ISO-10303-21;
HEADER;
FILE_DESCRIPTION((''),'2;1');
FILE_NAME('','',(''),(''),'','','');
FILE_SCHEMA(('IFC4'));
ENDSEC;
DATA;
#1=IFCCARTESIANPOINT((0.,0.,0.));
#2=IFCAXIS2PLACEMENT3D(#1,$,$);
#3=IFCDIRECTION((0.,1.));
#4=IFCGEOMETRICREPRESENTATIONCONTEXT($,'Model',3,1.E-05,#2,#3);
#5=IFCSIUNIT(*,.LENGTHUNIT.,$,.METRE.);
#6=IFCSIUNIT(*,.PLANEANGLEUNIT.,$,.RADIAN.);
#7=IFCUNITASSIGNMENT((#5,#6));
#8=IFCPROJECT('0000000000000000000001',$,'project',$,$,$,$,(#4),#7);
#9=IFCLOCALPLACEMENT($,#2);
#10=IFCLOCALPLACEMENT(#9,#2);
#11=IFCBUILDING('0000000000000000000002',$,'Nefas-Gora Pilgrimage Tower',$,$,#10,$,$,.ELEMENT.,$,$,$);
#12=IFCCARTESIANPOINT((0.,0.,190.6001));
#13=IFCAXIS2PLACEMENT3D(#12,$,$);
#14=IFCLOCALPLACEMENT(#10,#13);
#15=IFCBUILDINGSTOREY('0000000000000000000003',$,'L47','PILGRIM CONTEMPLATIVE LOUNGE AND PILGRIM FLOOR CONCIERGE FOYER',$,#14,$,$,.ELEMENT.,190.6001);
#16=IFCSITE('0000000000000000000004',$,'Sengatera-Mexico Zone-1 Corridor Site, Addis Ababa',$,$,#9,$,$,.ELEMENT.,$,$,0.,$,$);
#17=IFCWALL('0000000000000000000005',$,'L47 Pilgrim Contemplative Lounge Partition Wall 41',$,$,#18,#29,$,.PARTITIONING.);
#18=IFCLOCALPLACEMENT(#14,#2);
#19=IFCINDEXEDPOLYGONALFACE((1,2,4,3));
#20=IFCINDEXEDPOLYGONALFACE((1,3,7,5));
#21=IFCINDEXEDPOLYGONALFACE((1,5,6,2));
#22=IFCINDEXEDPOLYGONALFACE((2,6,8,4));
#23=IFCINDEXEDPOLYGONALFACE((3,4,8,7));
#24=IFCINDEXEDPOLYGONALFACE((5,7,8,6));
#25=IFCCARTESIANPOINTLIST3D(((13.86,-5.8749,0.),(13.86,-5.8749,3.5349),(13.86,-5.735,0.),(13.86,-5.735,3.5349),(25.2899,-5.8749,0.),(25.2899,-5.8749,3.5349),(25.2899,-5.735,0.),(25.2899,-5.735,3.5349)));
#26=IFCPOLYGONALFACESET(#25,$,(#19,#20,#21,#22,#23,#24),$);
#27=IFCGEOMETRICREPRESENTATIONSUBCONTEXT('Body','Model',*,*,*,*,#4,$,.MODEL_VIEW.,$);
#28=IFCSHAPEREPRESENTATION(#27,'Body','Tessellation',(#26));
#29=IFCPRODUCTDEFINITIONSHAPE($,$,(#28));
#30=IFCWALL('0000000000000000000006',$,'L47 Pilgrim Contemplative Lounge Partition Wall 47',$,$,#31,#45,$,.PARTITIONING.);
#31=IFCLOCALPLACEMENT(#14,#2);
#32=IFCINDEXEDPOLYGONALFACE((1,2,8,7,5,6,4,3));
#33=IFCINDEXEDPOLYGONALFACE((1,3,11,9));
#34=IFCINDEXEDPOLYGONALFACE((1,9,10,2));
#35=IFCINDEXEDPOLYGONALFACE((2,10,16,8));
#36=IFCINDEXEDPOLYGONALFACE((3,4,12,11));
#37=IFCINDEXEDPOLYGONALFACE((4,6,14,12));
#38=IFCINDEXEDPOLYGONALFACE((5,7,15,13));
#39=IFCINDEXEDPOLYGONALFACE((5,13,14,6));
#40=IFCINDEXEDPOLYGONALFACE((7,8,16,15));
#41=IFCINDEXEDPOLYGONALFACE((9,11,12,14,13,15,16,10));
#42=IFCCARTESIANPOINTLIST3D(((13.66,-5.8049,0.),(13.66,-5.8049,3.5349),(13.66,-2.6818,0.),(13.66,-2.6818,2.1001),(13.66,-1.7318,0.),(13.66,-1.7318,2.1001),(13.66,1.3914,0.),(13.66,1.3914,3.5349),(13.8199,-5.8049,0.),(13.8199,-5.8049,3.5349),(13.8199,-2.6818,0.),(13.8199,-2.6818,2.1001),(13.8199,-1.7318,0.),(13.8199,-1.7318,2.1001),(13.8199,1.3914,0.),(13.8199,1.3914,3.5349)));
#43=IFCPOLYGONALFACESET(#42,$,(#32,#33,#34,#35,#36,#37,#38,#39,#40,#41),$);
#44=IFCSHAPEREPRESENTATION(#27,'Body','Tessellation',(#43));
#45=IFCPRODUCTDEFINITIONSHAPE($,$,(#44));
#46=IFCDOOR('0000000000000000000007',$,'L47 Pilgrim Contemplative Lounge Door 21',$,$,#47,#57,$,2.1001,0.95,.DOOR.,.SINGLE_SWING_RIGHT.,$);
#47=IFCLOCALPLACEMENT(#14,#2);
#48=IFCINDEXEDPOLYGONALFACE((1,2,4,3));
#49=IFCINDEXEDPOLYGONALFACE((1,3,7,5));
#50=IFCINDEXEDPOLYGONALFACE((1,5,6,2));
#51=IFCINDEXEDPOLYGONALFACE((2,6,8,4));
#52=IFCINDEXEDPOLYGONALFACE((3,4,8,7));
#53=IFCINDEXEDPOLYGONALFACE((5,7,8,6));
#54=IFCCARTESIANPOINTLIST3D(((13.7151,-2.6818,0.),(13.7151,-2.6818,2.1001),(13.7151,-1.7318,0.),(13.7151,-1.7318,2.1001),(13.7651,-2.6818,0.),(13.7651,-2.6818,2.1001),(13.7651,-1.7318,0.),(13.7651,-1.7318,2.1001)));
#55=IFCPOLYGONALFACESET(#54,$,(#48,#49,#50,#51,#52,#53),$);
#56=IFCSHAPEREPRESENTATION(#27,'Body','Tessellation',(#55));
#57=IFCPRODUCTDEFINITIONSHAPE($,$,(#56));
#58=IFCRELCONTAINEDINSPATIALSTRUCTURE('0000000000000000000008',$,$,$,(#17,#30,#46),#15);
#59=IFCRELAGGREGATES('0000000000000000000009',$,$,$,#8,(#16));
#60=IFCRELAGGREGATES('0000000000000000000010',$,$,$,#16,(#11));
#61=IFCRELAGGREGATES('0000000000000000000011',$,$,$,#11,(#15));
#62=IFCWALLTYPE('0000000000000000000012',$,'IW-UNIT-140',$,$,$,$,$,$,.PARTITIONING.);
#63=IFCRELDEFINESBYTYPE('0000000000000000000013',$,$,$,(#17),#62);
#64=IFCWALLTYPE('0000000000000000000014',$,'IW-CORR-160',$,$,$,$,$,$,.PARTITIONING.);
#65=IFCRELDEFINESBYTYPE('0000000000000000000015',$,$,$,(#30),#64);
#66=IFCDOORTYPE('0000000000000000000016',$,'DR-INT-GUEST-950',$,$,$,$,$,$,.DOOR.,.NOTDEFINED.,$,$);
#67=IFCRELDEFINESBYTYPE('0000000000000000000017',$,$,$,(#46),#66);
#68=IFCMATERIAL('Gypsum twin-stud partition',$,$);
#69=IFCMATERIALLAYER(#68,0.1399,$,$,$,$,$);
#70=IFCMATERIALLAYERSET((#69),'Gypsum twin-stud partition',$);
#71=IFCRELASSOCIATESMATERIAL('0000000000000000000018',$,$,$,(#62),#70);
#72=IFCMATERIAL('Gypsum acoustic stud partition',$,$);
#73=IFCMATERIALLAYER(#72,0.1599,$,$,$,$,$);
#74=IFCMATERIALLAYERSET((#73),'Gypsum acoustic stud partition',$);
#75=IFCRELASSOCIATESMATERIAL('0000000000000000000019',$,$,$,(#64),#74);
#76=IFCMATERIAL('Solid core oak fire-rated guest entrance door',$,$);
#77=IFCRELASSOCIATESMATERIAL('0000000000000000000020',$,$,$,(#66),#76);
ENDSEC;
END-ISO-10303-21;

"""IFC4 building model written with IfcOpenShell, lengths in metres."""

from ifc_helpers import new_model, si_unit, direction, frame, frame_2d, origin, place, context, subcontext, project, spatial, rectangle, extrude, source, transform, mapped, material, layer, layer_set, type_object, element, fill, save


model = new_model("IFC4")

# Units and contexts
model_context = context("Model", 3, precision=1e-05, world=origin(), true_north=direction((0.0, 1.0)))
body_context = subcontext(model_context, "Body", "Model", "MODEL_VIEW")
ifc_project = project(units=[si_unit("LENGTHUNIT", "METRE"), si_unit("PLANEANGLEUNIT", "RADIAN")], contexts=[model_context])

# Site, building, storey
site_placement = place(None, origin())
site = spatial("IfcSite", under=ifc_project, at=site_placement, Name="Sengatera-Mexico Zone-1 Corridor Site, Addis Ababa", CompositionType="ELEMENT", RefElevation=0.0)
building_placement = place(site_placement, origin())
building = spatial("IfcBuilding", under=site, at=building_placement, Name="Nefas-Gora Pilgrimage Tower", CompositionType="ELEMENT")
storey_placement = place(building_placement, frame((0.0, 0.0, 190.6001)))
storey = spatial("IfcBuildingStorey", under=building, at=storey_placement, Name="L47", Description="PILGRIM CONTEMPLATIVE LOUNGE AND PILGRIM FLOOR CONCIERGE FOYER", CompositionType="ELEMENT", Elevation=190.6001)

# Wall
ifc_material_1 = material(Name="Gypsum twin-stud partition")
ifc_layer_1 = layer(ifc_material_1, 0.1399)
ifc_layer_set_1 = layer_set([ifc_layer_1], Name="Gypsum twin-stud partition")
wall_type_1 = type_object("IfcWallType", Name="IW-UNIT-140", PredefinedType="PARTITIONING", material=ifc_layer_set_1)
shared_shape_1 = source(origin(), body_context, "Body", "SweptSolid", [
    extrude(rectangle(XDim=11.4299, YDim=0.1399, at=frame_2d((5.7148, 0.0))), origin(), (0.0, 0.0, 1.0), 3.5349),
])
wall_1_placement = place(storey_placement, frame((13.8601, -5.8049, 0.0), z_axis=(0.0, 0.0, 1.0), x_axis=(1.0, 0.0, 0.0)))
element("IfcWall", 1, at=wall_1_placement, inside=storey, type_object=wall_type_1, Name="L47 Pilgrim Contemplative Lounge Partition Wall 41", PredefinedType="PARTITIONING", context=body_context, shape_type="MappedRepresentation", body=[
    mapped(shared_shape_1, transform((0.0, 0.0, 0.0), x_axis=(1.0, 0.0, 0.0), y_axis=(0.0, 1.0, 0.0), z_axis=(0.0, 0.0, 1.0), scale=1.0)),
])

# Wall, opening, door
ifc_material_2 = material(Name="Gypsum acoustic stud partition")
ifc_layer_2 = layer(ifc_material_2, 0.1599)
ifc_layer_set_2 = layer_set([ifc_layer_2], Name="Gypsum acoustic stud partition")
wall_type_2 = type_object("IfcWallType", Name="IW-CORR-160", PredefinedType="PARTITIONING", material=ifc_layer_set_2)
shared_shape_2 = source(origin(), body_context, "Body", "SweptSolid", [
    extrude(rectangle(XDim=7.1963, YDim=0.1599, at=frame_2d((3.5981, 0.0))), origin(), (0.0, 0.0, 1.0), 3.5349),
])
wall_2_placement = place(storey_placement, frame((13.74, -5.8049, 0.0), z_axis=(0.0, 0.0, 1.0), x_axis=(0.0, 1.0, 0.0)))
wall_2 = element("IfcWall", 2, at=wall_2_placement, inside=storey, type_object=wall_type_2, Name="L47 Pilgrim Contemplative Lounge Partition Wall 47", PredefinedType="PARTITIONING", context=body_context, shape_type="MappedRepresentation", body=[
    mapped(shared_shape_2, transform((0.0, 0.0, 0.0), x_axis=(1.0, 0.0, 0.0), y_axis=(0.0, 1.0, 0.0), z_axis=(0.0, 0.0, 1.0), scale=1.0)),
])
opening_1_placement = place(wall_2_placement, frame((3.123, 0.0, 0.0)))
opening_1 = element("IfcOpeningElement", 3, at=opening_1_placement, cuts=wall_2, PredefinedType="OPENING", context=body_context, shape_type="SweptSolid", body=[
    extrude(rectangle(XDim=0.95, YDim=2.1001, at=frame_2d((0.4751, 1.05))), frame((0.0, 0.0898, 0.0), z_axis=(0.0, -1.0, 0.0), x_axis=(1.0, 0.0, 0.0)), (0.0, 0.0, 1.0), 0.1799),
])
ifc_material_3 = material(Name="Solid core oak fire-rated guest entrance door")
door_type_1 = type_object("IfcDoorType", Name="DR-INT-GUEST-950", OperationType="NOTDEFINED", PredefinedType="DOOR", material=ifc_material_3)
shared_shape_3 = source(origin(), body_context, "Body", "SweptSolid", [
    extrude(rectangle(XDim=0.95, YDim=2.1001, at=frame_2d((0.4751, 1.05))), frame((0.0, 0.0249, 0.0), z_axis=(0.0, -1.0, 0.0), x_axis=(1.0, 0.0, 0.0)), (0.0, 0.0, 1.0), 0.05),
])
door_1_placement = place(opening_1_placement, origin())
door_1 = element("IfcDoor", 4, at=door_1_placement, inside=storey, type_object=door_type_1, Name="L47 Pilgrim Contemplative Lounge Door 21", OperationType="SINGLE_SWING_RIGHT", OverallHeight=2.1001, OverallWidth=0.95, PredefinedType="DOOR", context=body_context, shape_type="MappedRepresentation", body=[
    mapped(shared_shape_3, transform((0.0, 0.0, 0.0), x_axis=(1.0, 0.0, 0.0), y_axis=(0.0, 1.0, 0.0), z_axis=(0.0, 0.0, 1.0), scale=1.0)),
])
fill(opening_1, door_1)

save(model, "model.ifc")
